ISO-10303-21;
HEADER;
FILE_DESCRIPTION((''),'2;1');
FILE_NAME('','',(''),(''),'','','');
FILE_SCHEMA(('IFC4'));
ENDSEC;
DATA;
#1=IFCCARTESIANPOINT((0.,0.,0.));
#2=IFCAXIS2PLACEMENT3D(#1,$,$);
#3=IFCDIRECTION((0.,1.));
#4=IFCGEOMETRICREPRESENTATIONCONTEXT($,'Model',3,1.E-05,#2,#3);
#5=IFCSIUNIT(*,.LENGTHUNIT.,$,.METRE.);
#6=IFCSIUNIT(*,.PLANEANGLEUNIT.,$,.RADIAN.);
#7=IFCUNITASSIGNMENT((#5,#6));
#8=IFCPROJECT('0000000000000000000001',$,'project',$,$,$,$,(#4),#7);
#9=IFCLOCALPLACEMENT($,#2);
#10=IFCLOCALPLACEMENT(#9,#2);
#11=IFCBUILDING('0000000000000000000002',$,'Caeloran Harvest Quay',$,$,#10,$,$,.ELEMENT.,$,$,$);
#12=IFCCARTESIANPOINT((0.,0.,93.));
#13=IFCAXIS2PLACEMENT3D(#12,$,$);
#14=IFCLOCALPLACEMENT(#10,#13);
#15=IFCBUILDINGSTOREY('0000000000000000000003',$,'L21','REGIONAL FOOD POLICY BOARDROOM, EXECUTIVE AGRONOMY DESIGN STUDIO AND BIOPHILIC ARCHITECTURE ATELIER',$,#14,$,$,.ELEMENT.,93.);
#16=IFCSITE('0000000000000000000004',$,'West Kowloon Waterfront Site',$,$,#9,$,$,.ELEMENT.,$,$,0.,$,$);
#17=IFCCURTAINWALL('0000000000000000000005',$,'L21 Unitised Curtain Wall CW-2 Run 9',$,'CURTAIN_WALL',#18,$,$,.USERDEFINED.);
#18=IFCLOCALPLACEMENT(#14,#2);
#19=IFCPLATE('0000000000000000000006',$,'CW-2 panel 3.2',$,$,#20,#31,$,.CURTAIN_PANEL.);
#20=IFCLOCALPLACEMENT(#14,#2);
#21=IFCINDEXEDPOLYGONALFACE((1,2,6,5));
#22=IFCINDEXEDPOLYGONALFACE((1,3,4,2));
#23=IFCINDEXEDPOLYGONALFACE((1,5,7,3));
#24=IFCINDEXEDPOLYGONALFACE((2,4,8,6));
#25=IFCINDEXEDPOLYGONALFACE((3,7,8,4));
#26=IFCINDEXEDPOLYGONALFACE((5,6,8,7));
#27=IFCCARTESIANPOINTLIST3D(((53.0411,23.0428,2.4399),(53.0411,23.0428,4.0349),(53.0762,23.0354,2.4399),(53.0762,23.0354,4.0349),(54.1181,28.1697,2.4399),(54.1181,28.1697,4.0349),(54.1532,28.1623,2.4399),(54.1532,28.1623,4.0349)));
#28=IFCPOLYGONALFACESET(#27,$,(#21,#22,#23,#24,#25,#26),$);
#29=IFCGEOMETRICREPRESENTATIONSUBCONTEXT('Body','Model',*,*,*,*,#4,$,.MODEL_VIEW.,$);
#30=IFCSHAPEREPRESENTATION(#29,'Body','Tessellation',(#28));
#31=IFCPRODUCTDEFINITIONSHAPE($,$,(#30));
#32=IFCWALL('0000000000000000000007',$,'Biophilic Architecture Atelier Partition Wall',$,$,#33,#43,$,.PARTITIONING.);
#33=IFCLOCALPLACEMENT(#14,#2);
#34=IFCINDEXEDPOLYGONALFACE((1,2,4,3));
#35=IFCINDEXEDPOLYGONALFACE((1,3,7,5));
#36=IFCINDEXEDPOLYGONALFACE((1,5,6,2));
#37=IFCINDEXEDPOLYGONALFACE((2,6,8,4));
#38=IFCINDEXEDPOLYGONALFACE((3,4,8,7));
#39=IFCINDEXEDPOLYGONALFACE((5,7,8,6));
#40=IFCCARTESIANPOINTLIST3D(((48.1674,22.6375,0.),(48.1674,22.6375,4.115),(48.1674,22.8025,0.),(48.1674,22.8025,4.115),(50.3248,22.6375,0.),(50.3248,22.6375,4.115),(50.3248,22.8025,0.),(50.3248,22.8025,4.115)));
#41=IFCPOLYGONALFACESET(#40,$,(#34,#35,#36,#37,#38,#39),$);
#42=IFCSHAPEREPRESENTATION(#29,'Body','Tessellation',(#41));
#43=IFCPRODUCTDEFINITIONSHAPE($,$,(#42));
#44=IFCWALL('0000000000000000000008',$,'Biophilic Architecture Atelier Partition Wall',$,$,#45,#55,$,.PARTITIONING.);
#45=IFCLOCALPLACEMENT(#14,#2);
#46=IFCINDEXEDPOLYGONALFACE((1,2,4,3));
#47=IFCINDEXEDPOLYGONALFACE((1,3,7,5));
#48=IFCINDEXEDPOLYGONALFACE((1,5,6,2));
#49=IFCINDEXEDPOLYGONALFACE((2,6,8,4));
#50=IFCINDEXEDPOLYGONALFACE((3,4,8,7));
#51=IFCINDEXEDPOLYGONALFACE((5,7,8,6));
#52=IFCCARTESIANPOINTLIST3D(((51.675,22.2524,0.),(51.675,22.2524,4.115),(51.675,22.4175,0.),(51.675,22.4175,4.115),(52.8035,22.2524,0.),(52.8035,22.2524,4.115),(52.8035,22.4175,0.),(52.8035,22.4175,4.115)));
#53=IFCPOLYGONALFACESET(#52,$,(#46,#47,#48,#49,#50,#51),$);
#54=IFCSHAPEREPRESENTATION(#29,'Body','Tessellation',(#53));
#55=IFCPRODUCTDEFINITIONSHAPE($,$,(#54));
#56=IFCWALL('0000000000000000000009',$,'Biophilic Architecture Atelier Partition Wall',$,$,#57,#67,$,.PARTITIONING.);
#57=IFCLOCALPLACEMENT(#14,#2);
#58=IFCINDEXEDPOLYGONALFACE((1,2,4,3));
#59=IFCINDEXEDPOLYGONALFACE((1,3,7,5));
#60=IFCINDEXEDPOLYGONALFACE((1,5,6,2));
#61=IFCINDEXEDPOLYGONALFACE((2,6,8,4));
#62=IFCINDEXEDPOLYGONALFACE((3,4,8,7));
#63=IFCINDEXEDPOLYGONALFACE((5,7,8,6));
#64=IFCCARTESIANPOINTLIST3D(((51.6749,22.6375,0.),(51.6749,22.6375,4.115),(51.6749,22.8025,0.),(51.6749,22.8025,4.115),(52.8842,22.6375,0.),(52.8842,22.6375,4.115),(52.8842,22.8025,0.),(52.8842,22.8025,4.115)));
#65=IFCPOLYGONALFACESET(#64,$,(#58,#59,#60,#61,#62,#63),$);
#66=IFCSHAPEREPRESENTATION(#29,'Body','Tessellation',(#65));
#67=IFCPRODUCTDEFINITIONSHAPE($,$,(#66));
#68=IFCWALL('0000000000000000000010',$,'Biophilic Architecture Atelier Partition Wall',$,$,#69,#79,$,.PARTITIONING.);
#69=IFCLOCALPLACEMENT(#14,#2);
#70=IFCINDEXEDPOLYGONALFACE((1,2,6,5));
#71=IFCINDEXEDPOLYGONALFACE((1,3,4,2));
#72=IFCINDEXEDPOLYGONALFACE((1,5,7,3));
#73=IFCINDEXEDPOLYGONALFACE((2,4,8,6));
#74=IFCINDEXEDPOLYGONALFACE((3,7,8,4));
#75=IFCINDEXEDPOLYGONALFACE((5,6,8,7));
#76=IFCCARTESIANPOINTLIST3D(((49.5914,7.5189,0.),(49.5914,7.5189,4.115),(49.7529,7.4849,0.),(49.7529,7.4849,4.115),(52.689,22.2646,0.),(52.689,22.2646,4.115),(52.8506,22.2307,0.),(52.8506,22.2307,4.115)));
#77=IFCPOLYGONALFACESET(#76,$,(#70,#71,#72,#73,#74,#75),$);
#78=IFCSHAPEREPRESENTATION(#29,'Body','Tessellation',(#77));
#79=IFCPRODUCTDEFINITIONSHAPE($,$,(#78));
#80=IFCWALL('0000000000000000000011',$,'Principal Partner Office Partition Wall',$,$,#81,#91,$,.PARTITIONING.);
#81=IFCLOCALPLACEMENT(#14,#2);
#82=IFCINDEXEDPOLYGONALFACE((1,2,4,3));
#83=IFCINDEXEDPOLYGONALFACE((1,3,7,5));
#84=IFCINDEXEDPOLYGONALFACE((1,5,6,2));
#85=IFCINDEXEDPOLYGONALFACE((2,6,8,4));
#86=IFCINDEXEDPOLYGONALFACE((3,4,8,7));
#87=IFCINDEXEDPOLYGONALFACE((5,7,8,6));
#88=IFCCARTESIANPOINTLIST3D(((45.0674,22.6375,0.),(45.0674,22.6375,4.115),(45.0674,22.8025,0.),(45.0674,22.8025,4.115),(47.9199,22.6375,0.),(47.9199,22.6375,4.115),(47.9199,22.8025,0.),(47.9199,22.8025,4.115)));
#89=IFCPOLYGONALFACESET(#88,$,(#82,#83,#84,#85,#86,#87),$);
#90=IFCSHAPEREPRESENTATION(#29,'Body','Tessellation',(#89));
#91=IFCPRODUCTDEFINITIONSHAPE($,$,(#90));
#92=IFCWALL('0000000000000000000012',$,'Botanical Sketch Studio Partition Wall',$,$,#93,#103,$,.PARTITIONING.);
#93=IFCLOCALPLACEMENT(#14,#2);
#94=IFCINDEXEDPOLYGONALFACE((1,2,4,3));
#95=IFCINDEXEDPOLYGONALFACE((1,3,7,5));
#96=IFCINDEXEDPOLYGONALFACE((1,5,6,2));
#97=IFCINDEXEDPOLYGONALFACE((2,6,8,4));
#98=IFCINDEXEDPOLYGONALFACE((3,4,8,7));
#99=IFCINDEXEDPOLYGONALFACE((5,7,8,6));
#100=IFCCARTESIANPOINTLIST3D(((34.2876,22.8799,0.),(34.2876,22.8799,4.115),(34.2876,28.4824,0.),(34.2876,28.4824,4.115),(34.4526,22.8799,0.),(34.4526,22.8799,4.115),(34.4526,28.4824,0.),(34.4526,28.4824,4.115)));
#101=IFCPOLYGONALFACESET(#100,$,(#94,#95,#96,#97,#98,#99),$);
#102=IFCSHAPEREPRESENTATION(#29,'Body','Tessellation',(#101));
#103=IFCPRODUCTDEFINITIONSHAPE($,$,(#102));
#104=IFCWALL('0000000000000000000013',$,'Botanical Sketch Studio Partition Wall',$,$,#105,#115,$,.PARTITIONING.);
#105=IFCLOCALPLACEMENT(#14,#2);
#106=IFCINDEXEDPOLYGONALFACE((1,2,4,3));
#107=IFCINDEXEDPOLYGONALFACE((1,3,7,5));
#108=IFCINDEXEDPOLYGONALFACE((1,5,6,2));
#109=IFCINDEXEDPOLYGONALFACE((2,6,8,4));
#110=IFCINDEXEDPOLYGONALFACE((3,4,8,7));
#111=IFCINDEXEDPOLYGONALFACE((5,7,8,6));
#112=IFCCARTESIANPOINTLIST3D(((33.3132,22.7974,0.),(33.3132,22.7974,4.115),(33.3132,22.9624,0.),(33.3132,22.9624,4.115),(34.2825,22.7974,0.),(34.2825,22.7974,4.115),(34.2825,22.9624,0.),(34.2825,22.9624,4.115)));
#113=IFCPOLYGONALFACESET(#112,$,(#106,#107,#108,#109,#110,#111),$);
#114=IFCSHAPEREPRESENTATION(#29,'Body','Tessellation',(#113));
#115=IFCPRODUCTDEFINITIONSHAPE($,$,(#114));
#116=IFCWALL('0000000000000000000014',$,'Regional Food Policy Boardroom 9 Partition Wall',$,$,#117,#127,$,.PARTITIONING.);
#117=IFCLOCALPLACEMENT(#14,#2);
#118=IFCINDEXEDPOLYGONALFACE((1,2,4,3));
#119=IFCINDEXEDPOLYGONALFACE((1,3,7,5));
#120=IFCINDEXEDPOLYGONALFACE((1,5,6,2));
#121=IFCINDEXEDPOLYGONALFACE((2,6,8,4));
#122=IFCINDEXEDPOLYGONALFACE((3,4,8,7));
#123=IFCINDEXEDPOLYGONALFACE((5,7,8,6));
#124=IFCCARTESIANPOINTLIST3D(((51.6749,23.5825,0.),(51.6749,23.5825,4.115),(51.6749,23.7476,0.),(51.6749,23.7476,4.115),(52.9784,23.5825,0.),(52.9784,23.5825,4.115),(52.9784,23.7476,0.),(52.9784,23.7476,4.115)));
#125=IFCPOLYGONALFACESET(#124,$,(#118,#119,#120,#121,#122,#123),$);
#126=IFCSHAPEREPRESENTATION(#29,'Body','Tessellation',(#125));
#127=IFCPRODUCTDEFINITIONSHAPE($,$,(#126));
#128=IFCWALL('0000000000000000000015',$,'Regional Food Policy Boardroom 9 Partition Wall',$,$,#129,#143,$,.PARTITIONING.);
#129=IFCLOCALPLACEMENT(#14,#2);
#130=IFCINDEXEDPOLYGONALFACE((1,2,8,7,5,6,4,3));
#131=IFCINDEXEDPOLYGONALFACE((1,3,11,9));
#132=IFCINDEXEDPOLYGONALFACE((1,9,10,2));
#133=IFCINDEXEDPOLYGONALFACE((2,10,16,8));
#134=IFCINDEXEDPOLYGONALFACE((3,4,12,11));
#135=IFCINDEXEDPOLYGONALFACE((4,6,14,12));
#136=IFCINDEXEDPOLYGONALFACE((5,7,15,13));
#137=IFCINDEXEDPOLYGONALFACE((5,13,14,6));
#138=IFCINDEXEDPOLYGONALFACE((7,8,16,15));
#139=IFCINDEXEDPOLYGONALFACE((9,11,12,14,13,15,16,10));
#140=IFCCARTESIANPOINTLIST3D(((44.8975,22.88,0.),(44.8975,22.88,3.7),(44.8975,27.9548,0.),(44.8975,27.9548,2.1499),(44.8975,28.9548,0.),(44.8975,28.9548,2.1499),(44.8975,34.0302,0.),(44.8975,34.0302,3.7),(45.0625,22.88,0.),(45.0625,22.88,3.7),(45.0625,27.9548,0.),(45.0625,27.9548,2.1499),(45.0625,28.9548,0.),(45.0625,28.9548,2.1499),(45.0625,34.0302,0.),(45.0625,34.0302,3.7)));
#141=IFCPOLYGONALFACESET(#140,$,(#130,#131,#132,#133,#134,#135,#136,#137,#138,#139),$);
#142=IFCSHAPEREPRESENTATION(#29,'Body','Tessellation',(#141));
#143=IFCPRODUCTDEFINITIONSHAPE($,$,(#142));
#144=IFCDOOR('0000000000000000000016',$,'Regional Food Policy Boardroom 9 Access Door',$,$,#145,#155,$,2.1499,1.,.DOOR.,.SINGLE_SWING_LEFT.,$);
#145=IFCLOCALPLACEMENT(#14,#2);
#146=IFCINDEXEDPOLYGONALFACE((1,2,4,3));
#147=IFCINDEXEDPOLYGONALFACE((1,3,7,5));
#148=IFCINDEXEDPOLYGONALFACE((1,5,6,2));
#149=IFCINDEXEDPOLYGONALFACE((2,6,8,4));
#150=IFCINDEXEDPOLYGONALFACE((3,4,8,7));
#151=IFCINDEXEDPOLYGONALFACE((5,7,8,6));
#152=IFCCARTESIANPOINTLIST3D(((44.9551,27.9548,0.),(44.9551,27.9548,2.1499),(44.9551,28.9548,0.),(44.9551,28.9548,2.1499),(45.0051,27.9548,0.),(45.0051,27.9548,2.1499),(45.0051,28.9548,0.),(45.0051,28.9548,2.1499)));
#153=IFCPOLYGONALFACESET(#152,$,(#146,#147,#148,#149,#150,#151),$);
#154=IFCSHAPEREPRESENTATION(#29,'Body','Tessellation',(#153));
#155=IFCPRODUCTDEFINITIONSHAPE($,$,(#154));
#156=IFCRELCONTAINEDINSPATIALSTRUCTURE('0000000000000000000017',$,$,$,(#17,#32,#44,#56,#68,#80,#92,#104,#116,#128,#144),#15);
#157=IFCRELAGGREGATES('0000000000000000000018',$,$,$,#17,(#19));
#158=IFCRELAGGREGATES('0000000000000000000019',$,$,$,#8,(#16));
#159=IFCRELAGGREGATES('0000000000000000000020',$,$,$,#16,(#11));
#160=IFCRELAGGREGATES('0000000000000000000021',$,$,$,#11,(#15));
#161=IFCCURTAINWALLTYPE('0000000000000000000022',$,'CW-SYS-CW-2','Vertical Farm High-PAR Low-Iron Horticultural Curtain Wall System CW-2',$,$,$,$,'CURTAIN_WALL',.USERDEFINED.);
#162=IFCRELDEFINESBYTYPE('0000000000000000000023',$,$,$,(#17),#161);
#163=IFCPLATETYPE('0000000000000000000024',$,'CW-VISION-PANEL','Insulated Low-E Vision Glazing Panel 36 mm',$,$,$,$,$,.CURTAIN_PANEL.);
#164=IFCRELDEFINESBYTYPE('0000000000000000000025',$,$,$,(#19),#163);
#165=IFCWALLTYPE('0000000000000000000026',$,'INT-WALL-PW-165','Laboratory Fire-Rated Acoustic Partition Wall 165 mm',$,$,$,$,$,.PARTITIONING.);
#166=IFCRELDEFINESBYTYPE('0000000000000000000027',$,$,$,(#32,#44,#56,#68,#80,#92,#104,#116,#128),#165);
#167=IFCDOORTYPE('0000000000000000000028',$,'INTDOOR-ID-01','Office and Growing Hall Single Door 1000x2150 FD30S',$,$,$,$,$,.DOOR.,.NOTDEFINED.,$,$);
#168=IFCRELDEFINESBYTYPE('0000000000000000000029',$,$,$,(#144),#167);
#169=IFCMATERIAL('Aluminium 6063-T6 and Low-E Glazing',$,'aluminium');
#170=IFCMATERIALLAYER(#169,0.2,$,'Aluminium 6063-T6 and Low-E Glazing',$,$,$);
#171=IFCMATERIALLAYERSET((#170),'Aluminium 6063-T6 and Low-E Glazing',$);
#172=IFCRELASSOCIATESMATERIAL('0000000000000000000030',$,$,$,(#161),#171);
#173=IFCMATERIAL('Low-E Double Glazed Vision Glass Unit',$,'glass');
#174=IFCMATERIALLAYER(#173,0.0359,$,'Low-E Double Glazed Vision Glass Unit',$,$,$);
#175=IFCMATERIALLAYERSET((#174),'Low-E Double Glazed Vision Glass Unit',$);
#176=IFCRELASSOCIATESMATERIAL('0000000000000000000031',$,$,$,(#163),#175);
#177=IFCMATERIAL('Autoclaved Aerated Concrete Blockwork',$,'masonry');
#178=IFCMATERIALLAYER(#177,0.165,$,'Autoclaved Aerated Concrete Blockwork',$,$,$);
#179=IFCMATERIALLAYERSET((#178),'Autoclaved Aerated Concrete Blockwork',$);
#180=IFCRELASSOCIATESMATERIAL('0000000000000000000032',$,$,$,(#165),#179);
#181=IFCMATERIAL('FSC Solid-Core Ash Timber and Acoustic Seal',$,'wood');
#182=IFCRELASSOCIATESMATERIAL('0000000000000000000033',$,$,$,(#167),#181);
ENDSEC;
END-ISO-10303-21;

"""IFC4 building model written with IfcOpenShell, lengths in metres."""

from ifc_helpers import new_model, si_unit, direction, frame, frame_2d, origin, origin_2d, place, context, subcontext, project, spatial, rectangle, extrude, material, layer, layer_set, type_object, element, fill, aggregate, save


model = new_model("IFC4")

# Units and contexts
model_context = context("Model", 3, precision=1e-05, world=origin(), true_north=direction((0.0, 1.0)))
body_context = subcontext(model_context, "Body", "Model", "MODEL_VIEW")
ifc_project = project(units=[si_unit("LENGTHUNIT", "METRE"), si_unit("PLANEANGLEUNIT", "RADIAN")], contexts=[model_context])

# Site, building, storey
site_placement = place(None, origin())
site = spatial("IfcSite", under=ifc_project, at=site_placement, Name="West Kowloon Waterfront Site", CompositionType="ELEMENT", RefElevation=0.0)
building_placement = place(site_placement, origin())
building = spatial("IfcBuilding", under=site, at=building_placement, Name="Caeloran Harvest Quay", CompositionType="ELEMENT")
storey_placement = place(building_placement, frame((0.0, 0.0, 93.0)))
storey = spatial("IfcBuildingStorey", under=building, at=storey_placement, Name="L21", Description="REGIONAL FOOD POLICY BOARDROOM, EXECUTIVE AGRONOMY DESIGN STUDIO AND BIOPHILIC ARCHITECTURE ATELIER", CompositionType="ELEMENT", Elevation=93.0)

# Curtain wall, plate
ifc_material_1 = material(Name="Aluminium 6063-T6 and Low-E Glazing", Category="aluminium")
ifc_layer_1 = layer(ifc_material_1, 0.2, Name="Aluminium 6063-T6 and Low-E Glazing")
ifc_layer_set_1 = layer_set([ifc_layer_1], Name="Aluminium 6063-T6 and Low-E Glazing")
curtain_wall_type = type_object("IfcCurtainWallType", Name="CW-SYS-CW-2", Description="Vertical Farm High-PAR Low-Iron Horticultural Curtain Wall System CW-2", ElementType="CURTAIN_WALL", PredefinedType="USERDEFINED", material=ifc_layer_set_1)
curtain_wall_placement = place(storey_placement, origin())
curtain_wall = element("IfcCurtainWall", 1, at=curtain_wall_placement, inside=storey, type_object=curtain_wall_type, Name="L21 Unitised Curtain Wall CW-2 Run 9", ObjectType="CURTAIN_WALL", PredefinedType="USERDEFINED")
ifc_material_2 = material(Name="Low-E Double Glazed Vision Glass Unit", Category="glass")
ifc_layer_2 = layer(ifc_material_2, 0.0359, Name="Low-E Double Glazed Vision Glass Unit")
ifc_layer_set_2 = layer_set([ifc_layer_2], Name="Low-E Double Glazed Vision Glass Unit")
plate_type = type_object("IfcPlateType", Name="CW-VISION-PANEL", Description="Insulated Low-E Vision Glazing Panel 36 mm", PredefinedType="CURTAIN_PANEL", material=ifc_layer_set_2)
plate_1_placement = place(storey_placement, frame((53.5972, 25.6025, 2.4399), z_axis=(0.0, 0.0, 1.0), x_axis=(-0.205583, -0.97864, 0.0)))
plate_1 = element("IfcPlate", 2, at=plate_1_placement, type_object=plate_type, Name="CW-2 panel 3.2", PredefinedType="CURTAIN_PANEL", context=body_context, shape_type="SweptSolid", body=[
    extrude(rectangle(XDim=5.2388, YDim=0.0359, at=origin_2d()), origin(), (0.0, 0.0, 1.0), 1.595),
])
aggregate(curtain_wall, [plate_1])

# Walls
ifc_material_3 = material(Name="Autoclaved Aerated Concrete Blockwork", Category="masonry")
ifc_layer_3 = layer(ifc_material_3, 0.165, Name="Autoclaved Aerated Concrete Blockwork")
ifc_layer_set_3 = layer_set([ifc_layer_3], Name="Autoclaved Aerated Concrete Blockwork")
wall_type = type_object("IfcWallType", Name="INT-WALL-PW-165", Description="Laboratory Fire-Rated Acoustic Partition Wall 165 mm", PredefinedType="PARTITIONING", material=ifc_layer_set_3)
wall_1_placement = place(storey_placement, frame((48.1675, 22.72, 0.0), z_axis=(0.0, 0.0, 1.0), x_axis=(1.0, 0.0, 0.0)))
element("IfcWall", 3, at=wall_1_placement, inside=storey, type_object=wall_type, Name="Biophilic Architecture Atelier Partition Wall", PredefinedType="PARTITIONING", context=body_context, shape_type="SweptSolid", body=[
    extrude(rectangle(XDim=2.1575, YDim=0.165, at=frame_2d((1.0786, 0.0))), origin(), (0.0, 0.0, 1.0), 4.115),
])
wall_2_placement = place(storey_placement, frame((51.675, 22.335, 0.0), z_axis=(0.0, 0.0, 1.0), x_axis=(1.0, 0.0, 0.0)))
element("IfcWall", 4, at=wall_2_placement, inside=storey, type_object=wall_type, Name="Biophilic Architecture Atelier Partition Wall", PredefinedType="PARTITIONING", context=body_context, shape_type="SweptSolid", body=[
    extrude(rectangle(XDim=1.1284, YDim=0.165, at=frame_2d((0.5642, 0.0))), origin(), (0.0, 0.0, 1.0), 4.115),
])
wall_3_placement = place(storey_placement, frame((51.675, 22.72, 0.0), z_axis=(0.0, 0.0, 1.0), x_axis=(1.0, 0.0, 0.0)))
element("IfcWall", 5, at=wall_3_placement, inside=storey, type_object=wall_type, Name="Biophilic Architecture Atelier Partition Wall", PredefinedType="PARTITIONING", context=body_context, shape_type="SweptSolid", body=[
    extrude(rectangle(XDim=1.2092, YDim=0.165, at=frame_2d((0.6045, 0.0))), origin(), (0.0, 0.0, 1.0), 4.115),
])
wall_4_placement = place(storey_placement, frame((52.7698, 22.2476, 0.0), z_axis=(0.0, 0.0, 1.0), x_axis=(-0.205583, -0.97864, 0.0)))
element("IfcWall", 6, at=wall_4_placement, inside=storey, type_object=wall_type, Name="Biophilic Architecture Atelier Partition Wall", PredefinedType="PARTITIONING", context=body_context, shape_type="SweptSolid", body=[
    extrude(rectangle(XDim=15.0676, YDim=0.165, at=frame_2d((7.5337, 0.0))), origin(), (0.0, 0.0, 1.0), 4.115),
])
wall_5_placement = place(storey_placement, frame((45.0674, 22.72, 0.0), z_axis=(0.0, 0.0, 1.0), x_axis=(1.0, 0.0, 0.0)))
element("IfcWall", 7, at=wall_5_placement, inside=storey, type_object=wall_type, Name="Principal Partner Office Partition Wall", PredefinedType="PARTITIONING", context=body_context, shape_type="SweptSolid", body=[
    extrude(rectangle(XDim=2.8525, YDim=0.165, at=frame_2d((1.4263, 0.0))), origin(), (0.0, 0.0, 1.0), 4.115),
])
wall_6_placement = place(storey_placement, frame((34.3701, 28.4824, 0.0), z_axis=(0.0, 0.0, 1.0), x_axis=(0.0, -1.0, 0.0)))
element("IfcWall", 8, at=wall_6_placement, inside=storey, type_object=wall_type, Name="Botanical Sketch Studio Partition Wall", PredefinedType="PARTITIONING", context=body_context, shape_type="SweptSolid", body=[
    extrude(rectangle(XDim=5.6025, YDim=0.165, at=frame_2d((2.8013, 0.0))), origin(), (0.0, 0.0, 1.0), 4.115),
])
wall_7_placement = place(storey_placement, frame((34.2825, 22.8799, 0.0), z_axis=(0.0, 0.0, 1.0), x_axis=(-1.0, 0.0, 0.0)))
element("IfcWall", 9, at=wall_7_placement, inside=storey, type_object=wall_type, Name="Botanical Sketch Studio Partition Wall", PredefinedType="PARTITIONING", context=body_context, shape_type="SweptSolid", body=[
    extrude(rectangle(XDim=0.9692, YDim=0.165, at=frame_2d((0.4846, 0.0))), origin(), (0.0, 0.0, 1.0), 4.115),
])
wall_8_placement = place(storey_placement, frame((52.9785, 23.665, 0.0), z_axis=(0.0, 0.0, 1.0), x_axis=(-1.0, 0.0, 0.0)))
element("IfcWall", 10, at=wall_8_placement, inside=storey, type_object=wall_type, Name="Regional Food Policy Boardroom 9 Partition Wall", PredefinedType="PARTITIONING", context=body_context, shape_type="SweptSolid", body=[
    extrude(rectangle(XDim=1.3035, YDim=0.165, at=frame_2d((0.6519, 0.0))), origin(), (0.0, 0.0, 1.0), 4.115),
])

# Wall, opening, door
wall_9_placement = place(storey_placement, frame((44.98, 22.8799, 0.0), z_axis=(0.0, 0.0, 1.0), x_axis=(0.0, 1.0, 0.0)))
wall_9 = element("IfcWall", 11, at=wall_9_placement, inside=storey, type_object=wall_type, Name="Regional Food Policy Boardroom 9 Partition Wall", PredefinedType="PARTITIONING", context=body_context, shape_type="SweptSolid", body=[
    extrude(rectangle(XDim=11.1501, YDim=0.165, at=frame_2d((5.5752, 0.0))), origin(), (0.0, 0.0, 1.0), 3.7),
])
opening_placement = place(wall_9_placement, frame((5.075, 0.0, 0.0)))
opening = element("IfcOpeningElement", 12, at=opening_placement, cuts=wall_9, PredefinedType="OPENING", context=body_context, shape_type="SweptSolid", body=[
    extrude(rectangle(XDim=1.0, YDim=2.1499, at=frame_2d((0.5, 1.075))), frame((0.0, 0.0925, 0.0), z_axis=(0.0, -1.0, 0.0), x_axis=(1.0, 0.0, 0.0)), (0.0, 0.0, 1.0), 0.1851),
])
ifc_material_4 = material(Name="FSC Solid-Core Ash Timber and Acoustic Seal", Category="wood")
door_type = type_object("IfcDoorType", Name="INTDOOR-ID-01", Description="Office and Growing Hall Single Door 1000x2150 FD30S", OperationType="NOTDEFINED", PredefinedType="DOOR", material=ifc_material_4)
door_placement = place(opening_placement, origin())
door = element("IfcDoor", 13, at=door_placement, inside=storey, type_object=door_type, Name="Regional Food Policy Boardroom 9 Access Door", OperationType="SINGLE_SWING_LEFT", OverallHeight=2.1499, OverallWidth=1.0, PredefinedType="DOOR", context=body_context, shape_type="SweptSolid", body=[
    extrude(rectangle(XDim=1.0, YDim=2.1499, at=frame_2d((0.5, 1.075))), frame((0.0, 0.0249, 0.0), z_axis=(0.0, -1.0, 0.0), x_axis=(1.0, 0.0, 0.0)), (0.0, 0.0, 1.0), 0.05),
])
fill(opening, door)

save(model, "model.ifc")
